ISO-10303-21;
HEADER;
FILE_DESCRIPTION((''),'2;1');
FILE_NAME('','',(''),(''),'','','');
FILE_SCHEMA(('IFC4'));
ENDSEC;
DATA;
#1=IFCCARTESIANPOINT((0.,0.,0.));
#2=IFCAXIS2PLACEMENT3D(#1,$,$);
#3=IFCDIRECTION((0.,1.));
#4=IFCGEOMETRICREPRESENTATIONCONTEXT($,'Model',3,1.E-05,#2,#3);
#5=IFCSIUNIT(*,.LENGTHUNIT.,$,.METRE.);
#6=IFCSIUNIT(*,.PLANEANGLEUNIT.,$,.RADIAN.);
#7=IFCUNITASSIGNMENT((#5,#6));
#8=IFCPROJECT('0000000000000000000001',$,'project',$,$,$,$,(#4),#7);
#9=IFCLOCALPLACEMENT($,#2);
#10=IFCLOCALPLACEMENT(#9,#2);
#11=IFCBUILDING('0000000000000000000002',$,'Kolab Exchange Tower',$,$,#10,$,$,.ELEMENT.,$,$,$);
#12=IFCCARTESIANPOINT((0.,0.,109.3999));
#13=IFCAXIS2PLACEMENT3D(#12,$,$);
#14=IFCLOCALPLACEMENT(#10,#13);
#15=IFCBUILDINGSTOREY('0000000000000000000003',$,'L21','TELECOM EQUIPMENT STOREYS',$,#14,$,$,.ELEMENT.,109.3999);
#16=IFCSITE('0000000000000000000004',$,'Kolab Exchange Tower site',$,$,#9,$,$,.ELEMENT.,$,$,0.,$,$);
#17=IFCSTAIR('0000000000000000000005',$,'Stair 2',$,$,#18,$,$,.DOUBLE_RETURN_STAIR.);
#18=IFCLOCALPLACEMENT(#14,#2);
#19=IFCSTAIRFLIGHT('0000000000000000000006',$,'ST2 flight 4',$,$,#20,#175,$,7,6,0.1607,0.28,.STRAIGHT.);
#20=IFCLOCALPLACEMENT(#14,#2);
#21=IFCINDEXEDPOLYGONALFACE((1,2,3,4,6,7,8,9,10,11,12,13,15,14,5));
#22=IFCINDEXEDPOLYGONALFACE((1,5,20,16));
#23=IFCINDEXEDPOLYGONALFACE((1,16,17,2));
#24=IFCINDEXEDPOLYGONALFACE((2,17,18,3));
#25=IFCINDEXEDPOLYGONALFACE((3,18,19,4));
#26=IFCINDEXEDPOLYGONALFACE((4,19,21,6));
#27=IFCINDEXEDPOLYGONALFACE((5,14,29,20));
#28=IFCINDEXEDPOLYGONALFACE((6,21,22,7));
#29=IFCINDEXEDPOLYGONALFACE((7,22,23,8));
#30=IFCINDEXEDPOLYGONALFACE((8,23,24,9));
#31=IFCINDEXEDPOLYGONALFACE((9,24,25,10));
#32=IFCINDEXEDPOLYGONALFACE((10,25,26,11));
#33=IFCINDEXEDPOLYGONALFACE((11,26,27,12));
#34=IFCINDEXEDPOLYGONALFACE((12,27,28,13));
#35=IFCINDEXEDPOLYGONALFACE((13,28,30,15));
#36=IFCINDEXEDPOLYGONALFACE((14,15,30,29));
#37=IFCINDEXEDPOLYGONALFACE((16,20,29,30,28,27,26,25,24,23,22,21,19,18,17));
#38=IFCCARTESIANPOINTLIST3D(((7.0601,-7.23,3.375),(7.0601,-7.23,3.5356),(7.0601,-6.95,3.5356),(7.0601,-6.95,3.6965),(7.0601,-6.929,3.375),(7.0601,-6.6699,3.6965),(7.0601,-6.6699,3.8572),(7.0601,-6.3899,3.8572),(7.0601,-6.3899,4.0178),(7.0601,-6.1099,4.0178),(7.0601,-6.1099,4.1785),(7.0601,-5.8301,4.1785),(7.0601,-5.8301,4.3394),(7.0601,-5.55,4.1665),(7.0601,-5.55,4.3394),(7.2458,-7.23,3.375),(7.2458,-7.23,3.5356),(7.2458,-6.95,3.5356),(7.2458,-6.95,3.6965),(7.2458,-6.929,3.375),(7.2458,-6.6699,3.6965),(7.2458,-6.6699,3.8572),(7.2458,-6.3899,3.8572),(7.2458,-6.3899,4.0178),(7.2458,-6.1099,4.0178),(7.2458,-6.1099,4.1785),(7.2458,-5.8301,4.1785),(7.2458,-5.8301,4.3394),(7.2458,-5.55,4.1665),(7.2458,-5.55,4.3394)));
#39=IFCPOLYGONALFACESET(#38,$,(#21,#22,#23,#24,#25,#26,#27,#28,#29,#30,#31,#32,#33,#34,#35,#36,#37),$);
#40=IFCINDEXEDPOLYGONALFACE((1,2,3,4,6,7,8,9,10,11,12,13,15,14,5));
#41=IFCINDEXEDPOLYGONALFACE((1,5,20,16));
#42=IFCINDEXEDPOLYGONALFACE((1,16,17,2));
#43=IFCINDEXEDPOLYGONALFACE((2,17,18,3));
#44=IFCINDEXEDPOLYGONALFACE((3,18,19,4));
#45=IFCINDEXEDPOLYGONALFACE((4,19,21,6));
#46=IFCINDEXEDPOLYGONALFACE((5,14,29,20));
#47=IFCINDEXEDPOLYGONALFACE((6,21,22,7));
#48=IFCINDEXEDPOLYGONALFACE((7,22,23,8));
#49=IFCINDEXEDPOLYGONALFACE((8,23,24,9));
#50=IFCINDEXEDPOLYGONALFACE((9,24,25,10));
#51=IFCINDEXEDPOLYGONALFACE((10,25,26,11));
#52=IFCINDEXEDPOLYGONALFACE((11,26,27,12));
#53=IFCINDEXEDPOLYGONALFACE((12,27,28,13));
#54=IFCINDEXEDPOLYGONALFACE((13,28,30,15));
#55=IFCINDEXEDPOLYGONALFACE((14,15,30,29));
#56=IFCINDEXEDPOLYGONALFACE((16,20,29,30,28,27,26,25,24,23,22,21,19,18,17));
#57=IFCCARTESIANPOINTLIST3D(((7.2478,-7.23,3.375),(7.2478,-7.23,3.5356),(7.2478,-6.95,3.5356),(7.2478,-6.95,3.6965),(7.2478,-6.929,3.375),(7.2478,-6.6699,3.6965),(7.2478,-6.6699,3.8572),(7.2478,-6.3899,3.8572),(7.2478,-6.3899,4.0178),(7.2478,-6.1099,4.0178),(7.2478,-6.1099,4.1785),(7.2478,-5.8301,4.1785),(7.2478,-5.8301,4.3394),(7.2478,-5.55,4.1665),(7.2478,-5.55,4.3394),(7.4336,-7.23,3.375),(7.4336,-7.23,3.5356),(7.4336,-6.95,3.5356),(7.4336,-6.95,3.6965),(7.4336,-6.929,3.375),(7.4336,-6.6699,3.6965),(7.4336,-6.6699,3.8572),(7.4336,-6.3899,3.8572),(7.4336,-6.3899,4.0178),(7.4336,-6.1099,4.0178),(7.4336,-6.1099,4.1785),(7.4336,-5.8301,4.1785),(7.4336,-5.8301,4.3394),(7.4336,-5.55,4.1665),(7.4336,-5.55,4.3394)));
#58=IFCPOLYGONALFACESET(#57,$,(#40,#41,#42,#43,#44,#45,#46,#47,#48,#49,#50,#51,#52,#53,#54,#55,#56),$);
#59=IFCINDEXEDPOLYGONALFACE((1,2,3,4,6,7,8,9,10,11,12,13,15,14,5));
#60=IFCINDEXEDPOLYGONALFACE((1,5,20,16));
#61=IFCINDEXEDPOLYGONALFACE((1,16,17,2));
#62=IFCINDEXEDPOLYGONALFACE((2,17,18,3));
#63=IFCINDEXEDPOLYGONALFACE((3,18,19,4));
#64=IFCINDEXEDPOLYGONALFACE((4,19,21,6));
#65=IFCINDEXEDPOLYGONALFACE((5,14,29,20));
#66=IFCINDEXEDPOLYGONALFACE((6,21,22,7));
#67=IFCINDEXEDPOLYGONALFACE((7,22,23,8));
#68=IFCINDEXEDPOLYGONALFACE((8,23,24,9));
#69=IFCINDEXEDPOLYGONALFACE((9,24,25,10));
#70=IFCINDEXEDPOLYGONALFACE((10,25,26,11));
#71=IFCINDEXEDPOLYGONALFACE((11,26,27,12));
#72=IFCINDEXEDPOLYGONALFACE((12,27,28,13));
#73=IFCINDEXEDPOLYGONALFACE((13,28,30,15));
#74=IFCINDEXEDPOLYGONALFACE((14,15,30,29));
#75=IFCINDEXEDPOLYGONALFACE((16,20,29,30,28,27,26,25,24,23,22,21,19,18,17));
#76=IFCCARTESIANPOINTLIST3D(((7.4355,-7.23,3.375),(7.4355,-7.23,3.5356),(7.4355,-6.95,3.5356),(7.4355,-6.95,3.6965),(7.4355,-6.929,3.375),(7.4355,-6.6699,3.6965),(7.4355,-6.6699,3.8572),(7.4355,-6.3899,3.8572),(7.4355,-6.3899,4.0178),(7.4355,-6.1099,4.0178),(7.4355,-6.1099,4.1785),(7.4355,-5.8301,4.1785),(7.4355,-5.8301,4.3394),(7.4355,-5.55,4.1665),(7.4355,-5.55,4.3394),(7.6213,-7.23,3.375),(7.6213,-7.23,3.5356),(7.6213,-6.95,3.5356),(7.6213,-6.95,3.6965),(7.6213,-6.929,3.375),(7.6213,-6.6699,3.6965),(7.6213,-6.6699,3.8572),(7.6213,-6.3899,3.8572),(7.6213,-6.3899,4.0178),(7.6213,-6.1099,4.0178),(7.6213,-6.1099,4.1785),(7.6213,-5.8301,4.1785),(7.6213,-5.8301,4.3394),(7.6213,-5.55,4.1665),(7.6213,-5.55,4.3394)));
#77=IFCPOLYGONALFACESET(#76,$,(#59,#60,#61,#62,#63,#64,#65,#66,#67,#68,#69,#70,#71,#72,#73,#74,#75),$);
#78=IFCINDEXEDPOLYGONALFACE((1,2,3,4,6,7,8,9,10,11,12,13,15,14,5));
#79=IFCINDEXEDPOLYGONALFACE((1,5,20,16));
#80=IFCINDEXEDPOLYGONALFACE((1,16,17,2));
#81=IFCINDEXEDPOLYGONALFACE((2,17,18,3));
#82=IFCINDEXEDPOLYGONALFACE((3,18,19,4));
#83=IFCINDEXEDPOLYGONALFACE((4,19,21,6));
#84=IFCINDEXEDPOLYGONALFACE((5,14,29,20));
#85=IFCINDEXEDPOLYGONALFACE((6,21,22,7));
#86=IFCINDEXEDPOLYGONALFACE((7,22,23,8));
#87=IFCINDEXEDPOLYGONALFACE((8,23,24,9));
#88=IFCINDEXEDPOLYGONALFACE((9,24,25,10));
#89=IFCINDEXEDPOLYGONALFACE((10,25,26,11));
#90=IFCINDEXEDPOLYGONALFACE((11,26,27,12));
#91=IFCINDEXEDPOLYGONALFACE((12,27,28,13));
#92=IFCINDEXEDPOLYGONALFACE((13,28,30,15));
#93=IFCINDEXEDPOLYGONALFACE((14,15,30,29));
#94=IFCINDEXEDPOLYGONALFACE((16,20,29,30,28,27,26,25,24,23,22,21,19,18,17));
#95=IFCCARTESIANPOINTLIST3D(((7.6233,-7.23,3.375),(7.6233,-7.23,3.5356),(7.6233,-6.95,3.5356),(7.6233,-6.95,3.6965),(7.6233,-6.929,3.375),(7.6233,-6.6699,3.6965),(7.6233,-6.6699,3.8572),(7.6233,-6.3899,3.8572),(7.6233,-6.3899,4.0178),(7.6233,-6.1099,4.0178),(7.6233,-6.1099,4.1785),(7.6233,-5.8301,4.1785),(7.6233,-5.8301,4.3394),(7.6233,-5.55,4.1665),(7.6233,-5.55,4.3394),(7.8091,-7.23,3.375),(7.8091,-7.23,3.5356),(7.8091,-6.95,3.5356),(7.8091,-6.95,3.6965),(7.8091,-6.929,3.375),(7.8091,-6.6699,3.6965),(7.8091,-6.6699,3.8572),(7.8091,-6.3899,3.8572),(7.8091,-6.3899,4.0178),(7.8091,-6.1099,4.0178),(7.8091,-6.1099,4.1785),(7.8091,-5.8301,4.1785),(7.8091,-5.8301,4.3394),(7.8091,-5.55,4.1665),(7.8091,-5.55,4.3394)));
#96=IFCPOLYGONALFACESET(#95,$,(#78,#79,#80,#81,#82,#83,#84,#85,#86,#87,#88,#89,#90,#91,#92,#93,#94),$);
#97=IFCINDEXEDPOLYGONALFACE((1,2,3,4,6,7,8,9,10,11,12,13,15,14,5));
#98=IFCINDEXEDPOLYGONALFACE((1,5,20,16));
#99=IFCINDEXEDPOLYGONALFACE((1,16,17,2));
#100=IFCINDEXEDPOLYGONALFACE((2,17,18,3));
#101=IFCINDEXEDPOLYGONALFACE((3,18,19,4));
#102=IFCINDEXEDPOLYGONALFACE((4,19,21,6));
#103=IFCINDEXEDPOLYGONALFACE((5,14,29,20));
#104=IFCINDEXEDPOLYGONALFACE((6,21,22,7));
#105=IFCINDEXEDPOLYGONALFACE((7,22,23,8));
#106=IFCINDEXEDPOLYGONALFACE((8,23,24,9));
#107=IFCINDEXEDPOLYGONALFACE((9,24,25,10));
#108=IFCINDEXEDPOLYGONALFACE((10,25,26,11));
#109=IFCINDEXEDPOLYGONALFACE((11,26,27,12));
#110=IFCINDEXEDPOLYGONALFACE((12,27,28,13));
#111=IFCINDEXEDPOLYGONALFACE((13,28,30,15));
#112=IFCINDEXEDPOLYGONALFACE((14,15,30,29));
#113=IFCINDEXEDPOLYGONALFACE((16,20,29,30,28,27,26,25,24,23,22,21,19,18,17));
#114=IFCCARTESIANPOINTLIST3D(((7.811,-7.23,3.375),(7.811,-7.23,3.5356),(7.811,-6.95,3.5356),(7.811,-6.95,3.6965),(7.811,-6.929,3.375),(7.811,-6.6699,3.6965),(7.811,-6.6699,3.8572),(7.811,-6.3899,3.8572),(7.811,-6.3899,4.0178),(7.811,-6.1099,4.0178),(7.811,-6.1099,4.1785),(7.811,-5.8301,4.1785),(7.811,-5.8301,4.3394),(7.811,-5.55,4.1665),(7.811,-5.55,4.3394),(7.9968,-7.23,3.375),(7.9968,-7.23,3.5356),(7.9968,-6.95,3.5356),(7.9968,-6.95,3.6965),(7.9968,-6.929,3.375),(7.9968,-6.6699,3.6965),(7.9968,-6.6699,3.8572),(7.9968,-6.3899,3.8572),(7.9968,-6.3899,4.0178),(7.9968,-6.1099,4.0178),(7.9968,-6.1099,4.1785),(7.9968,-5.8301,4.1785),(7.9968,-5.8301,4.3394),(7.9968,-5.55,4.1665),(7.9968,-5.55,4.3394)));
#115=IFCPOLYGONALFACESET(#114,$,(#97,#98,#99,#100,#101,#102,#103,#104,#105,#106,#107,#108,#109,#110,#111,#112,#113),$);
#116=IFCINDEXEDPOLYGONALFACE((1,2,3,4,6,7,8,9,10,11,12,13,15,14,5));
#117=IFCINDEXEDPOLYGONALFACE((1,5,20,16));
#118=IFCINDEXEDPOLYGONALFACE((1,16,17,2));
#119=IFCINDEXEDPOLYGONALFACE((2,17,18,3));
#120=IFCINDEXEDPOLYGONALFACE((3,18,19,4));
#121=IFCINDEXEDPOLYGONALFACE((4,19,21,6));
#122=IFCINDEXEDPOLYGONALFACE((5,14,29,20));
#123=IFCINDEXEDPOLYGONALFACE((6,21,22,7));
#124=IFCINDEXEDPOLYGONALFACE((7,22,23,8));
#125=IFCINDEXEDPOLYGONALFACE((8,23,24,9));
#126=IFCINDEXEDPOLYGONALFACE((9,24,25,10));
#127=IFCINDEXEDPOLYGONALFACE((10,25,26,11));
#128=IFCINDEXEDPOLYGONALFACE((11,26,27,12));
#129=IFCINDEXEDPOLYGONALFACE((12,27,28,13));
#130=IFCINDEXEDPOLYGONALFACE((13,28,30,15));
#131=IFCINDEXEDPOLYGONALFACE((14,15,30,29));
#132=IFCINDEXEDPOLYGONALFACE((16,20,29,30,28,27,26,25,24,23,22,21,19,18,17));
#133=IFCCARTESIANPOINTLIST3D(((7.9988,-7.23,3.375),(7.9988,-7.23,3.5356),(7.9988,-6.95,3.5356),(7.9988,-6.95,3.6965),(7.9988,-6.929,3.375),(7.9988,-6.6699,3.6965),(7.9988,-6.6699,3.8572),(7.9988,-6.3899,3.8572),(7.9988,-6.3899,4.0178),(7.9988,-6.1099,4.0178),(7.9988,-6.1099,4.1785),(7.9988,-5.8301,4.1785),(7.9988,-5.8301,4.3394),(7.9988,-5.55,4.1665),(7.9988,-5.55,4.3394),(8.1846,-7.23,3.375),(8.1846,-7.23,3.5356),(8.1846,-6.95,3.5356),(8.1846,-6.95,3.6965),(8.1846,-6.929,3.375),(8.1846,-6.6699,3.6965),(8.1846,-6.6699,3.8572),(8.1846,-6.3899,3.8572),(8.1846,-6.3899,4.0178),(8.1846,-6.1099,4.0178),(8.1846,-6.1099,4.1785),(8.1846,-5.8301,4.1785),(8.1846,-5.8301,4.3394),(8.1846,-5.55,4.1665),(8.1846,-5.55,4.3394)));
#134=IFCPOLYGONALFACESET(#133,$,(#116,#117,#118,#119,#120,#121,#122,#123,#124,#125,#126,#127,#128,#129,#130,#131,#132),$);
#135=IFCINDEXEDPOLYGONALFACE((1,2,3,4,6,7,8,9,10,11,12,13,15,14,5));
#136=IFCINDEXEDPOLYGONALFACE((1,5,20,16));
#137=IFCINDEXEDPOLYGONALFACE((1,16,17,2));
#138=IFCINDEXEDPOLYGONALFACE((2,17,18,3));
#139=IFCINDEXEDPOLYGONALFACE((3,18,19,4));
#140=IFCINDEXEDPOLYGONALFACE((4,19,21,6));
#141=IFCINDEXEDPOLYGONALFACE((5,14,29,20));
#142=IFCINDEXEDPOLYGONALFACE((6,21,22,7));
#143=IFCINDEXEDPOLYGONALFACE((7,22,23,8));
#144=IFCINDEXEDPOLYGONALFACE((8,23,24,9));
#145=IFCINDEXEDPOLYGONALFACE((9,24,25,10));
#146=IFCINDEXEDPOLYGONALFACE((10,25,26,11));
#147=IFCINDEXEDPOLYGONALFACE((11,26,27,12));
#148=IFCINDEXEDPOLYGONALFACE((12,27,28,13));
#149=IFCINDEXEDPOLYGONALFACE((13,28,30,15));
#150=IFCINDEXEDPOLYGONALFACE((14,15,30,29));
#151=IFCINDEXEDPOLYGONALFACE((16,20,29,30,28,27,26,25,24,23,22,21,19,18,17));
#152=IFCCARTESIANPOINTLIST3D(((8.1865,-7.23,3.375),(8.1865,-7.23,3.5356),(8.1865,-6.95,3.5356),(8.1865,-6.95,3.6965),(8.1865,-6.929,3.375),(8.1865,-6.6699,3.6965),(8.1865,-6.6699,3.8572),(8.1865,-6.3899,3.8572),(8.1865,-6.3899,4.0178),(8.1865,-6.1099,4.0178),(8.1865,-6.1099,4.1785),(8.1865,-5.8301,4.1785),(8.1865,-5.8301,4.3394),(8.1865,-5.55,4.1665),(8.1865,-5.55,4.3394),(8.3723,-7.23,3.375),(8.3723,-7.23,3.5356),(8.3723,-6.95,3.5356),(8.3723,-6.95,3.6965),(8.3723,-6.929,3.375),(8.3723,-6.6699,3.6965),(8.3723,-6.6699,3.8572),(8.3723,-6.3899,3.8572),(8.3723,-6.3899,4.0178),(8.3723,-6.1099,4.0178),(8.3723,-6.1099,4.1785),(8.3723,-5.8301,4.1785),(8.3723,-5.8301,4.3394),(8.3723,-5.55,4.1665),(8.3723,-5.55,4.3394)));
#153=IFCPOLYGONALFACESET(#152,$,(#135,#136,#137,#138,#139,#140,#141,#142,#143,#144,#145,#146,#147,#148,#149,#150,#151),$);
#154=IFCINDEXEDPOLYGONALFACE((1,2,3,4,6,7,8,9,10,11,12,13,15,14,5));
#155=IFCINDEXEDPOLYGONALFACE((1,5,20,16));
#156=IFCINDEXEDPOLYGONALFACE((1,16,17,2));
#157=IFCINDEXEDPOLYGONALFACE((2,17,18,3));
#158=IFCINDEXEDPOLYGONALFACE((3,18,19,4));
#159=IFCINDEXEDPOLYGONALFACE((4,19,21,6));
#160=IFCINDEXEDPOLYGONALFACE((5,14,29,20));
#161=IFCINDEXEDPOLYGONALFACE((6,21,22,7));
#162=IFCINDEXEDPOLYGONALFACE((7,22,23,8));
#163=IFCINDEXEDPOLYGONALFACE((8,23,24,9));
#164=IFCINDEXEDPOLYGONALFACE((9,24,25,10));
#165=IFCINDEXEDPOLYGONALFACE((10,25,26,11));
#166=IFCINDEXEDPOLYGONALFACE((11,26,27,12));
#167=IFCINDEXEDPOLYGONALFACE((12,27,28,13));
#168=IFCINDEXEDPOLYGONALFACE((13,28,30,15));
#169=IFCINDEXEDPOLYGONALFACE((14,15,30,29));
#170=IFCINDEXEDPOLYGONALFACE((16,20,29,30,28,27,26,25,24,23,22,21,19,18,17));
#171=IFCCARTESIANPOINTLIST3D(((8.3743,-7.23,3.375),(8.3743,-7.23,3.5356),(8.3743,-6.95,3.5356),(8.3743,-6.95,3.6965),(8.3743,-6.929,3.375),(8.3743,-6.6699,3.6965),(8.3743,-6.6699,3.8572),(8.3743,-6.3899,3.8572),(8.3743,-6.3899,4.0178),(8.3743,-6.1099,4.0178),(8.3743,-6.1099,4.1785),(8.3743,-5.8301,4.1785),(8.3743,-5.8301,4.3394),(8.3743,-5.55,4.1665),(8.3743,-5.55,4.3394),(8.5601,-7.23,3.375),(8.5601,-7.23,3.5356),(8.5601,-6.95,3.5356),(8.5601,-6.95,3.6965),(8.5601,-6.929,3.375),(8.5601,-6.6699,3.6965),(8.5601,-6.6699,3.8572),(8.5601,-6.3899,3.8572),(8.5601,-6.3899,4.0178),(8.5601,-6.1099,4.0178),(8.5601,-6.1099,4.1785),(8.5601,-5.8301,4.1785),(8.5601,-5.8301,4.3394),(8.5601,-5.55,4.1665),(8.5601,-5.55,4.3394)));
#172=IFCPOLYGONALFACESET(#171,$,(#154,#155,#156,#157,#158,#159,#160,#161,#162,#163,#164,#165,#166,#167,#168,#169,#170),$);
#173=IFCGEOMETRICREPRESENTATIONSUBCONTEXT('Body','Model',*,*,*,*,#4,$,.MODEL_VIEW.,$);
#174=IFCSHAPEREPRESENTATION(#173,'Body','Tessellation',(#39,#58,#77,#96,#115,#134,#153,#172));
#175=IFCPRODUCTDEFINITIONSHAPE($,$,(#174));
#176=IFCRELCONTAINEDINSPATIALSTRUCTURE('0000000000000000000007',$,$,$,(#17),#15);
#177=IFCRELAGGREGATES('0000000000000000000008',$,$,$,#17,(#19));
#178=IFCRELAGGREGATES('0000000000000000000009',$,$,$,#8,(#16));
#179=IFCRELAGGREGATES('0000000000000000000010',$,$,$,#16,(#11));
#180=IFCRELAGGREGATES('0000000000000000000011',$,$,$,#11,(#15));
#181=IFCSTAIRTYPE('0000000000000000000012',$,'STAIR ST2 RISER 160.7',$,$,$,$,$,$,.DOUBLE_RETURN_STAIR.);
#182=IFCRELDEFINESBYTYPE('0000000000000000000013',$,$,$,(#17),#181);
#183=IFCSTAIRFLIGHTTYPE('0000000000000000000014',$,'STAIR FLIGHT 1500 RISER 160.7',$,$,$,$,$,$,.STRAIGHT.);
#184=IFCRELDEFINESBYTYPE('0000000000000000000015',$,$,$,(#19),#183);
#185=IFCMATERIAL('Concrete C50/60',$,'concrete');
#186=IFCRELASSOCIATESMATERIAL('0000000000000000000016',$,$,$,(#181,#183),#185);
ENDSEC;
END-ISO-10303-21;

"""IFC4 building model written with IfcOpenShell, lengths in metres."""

from ifc_helpers import new_model, si_unit, direction, frame, origin, place, context, subcontext, project, spatial, polyline, outline, extrude, material, type_object, element, aggregate, save


model = new_model("IFC4")

# Units and contexts
model_context = context("Model", 3, precision=1e-05, world=origin(), true_north=direction((0.0, 1.0)))
body_context = subcontext(model_context, "Body", "Model", "MODEL_VIEW")
ifc_project = project(units=[si_unit("LENGTHUNIT", "METRE"), si_unit("PLANEANGLEUNIT", "RADIAN")], contexts=[model_context])

# Site, building, storey
site_placement = place(None, origin())
site = spatial("IfcSite", under=ifc_project, at=site_placement, Name="Kolab Exchange Tower site", CompositionType="ELEMENT", RefElevation=0.0)
building_placement = place(site_placement, origin())
building = spatial("IfcBuilding", under=site, at=building_placement, Name="Kolab Exchange Tower", CompositionType="ELEMENT")
storey_placement = place(building_placement, frame((0.0, 0.0, 109.3999)))
storey = spatial("IfcBuildingStorey", under=building, at=storey_placement, Name="L21", Description="TELECOM EQUIPMENT STOREYS", CompositionType="ELEMENT", Elevation=109.3999)

# Shared definitions
ifc_material_1 = material(Name="Concrete C50/60", Category="concrete")

# Stair, stair flight
stair_type = type_object("IfcStairType", Name="STAIR ST2 RISER 160.7", PredefinedType="DOUBLE_RETURN_STAIR", material=ifc_material_1)
stair_placement = place(storey_placement, origin())
stair = element("IfcStair", 1, at=stair_placement, inside=storey, type_object=stair_type, Name="Stair 2", PredefinedType="DOUBLE_RETURN_STAIR")
stair_flight_type = type_object("IfcStairFlightType", Name="STAIR FLIGHT 1500 RISER 160.7", PredefinedType="STRAIGHT", material=ifc_material_1)
stair_flight_placement = place(storey_placement, frame((7.8101, -7.23, 3.375), z_axis=(0.0, 0.0, 1.0), x_axis=(0.0, 1.0, 0.0)))
stair_flight = element("IfcStairFlight", 2, at=stair_flight_placement, type_object=stair_flight_type, Name="ST2 flight 4", NumberOfRisers=7, NumberOfTreads=6, PredefinedType="STRAIGHT", RiserHeight=0.1607, TreadLength=0.28, context=body_context, shape_type="SweptSolid", body=[
    extrude(outline(polyline([(0.0, 0.0), (0.0, 0.1606), (0.28, 0.1606), (0.28, 0.3215), (0.5601, 0.3215), (0.5601, 0.4822), (0.8401, 0.4822), (0.8401, 0.6428), (1.1201, 0.6428), (1.1201, 0.8035), (1.3999, 0.8035), (1.3999, 0.9644), (1.6799, 0.9644), (1.6799, 1.125), (1.6799, 0.7915), (0.301, 0.0), (0.0, 0.0)])), frame((0.0, 0.75, 0.0), z_axis=(0.0, -1.0, 0.0), x_axis=(1.0, 0.0, 0.0)), (0.0, 0.0, 1.0), 0.1858),
    extrude(outline(polyline([(0.0, 0.0), (0.0, 0.1606), (0.28, 0.1606), (0.28, 0.3215), (0.5601, 0.3215), (0.5601, 0.4822), (0.8401, 0.4822), (0.8401, 0.6428), (1.1201, 0.6428), (1.1201, 0.8035), (1.3999, 0.8035), (1.3999, 0.9644), (1.6799, 0.9644), (1.6799, 1.125), (1.6799, 0.7915), (0.301, 0.0), (0.0, 0.0)])), frame((0.0, 0.5623, 0.0), z_axis=(0.0, -1.0, 0.0), x_axis=(1.0, 0.0, 0.0)), (0.0, 0.0, 1.0), 0.1858),
    extrude(outline(polyline([(0.0, 0.0), (0.0, 0.1606), (0.28, 0.1606), (0.28, 0.3215), (0.5601, 0.3215), (0.5601, 0.4822), (0.8401, 0.4822), (0.8401, 0.6428), (1.1201, 0.6428), (1.1201, 0.8035), (1.3999, 0.8035), (1.3999, 0.9644), (1.6799, 0.9644), (1.6799, 1.125), (1.6799, 0.7915), (0.301, 0.0), (0.0, 0.0)])), frame((0.0, 0.3745, 0.0), z_axis=(0.0, -1.0, 0.0), x_axis=(1.0, 0.0, 0.0)), (0.0, 0.0, 1.0), 0.1858),
    extrude(outline(polyline([(0.0, 0.0), (0.0, 0.1606), (0.28, 0.1606), (0.28, 0.3215), (0.5601, 0.3215), (0.5601, 0.4822), (0.8401, 0.4822), (0.8401, 0.6428), (1.1201, 0.6428), (1.1201, 0.8035), (1.3999, 0.8035), (1.3999, 0.9644), (1.6799, 0.9644), (1.6799, 1.125), (1.6799, 0.7915), (0.301, 0.0), (0.0, 0.0)])), frame((0.0, 0.1868, 0.0), z_axis=(0.0, -1.0, 0.0), x_axis=(1.0, 0.0, 0.0)), (0.0, 0.0, 1.0), 0.1858),
    extrude(outline(polyline([(0.0, 0.0), (0.0, 0.1606), (0.28, 0.1606), (0.28, 0.3215), (0.5601, 0.3215), (0.5601, 0.4822), (0.8401, 0.4822), (0.8401, 0.6428), (1.1201, 0.6428), (1.1201, 0.8035), (1.3999, 0.8035), (1.3999, 0.9644), (1.6799, 0.9644), (1.6799, 1.125), (1.6799, 0.7915), (0.301, 0.0), (0.0, 0.0)])), frame((0.0, -0.001, 0.0), z_axis=(0.0, -1.0, 0.0), x_axis=(1.0, 0.0, 0.0)), (0.0, 0.0, 1.0), 0.1858),
    extrude(outline(polyline([(0.0, 0.0), (0.0, 0.1606), (0.28, 0.1606), (0.28, 0.3215), (0.5601, 0.3215), (0.5601, 0.4822), (0.8401, 0.4822), (0.8401, 0.6428), (1.1201, 0.6428), (1.1201, 0.8035), (1.3999, 0.8035), (1.3999, 0.9644), (1.6799, 0.9644), (1.6799, 1.125), (1.6799, 0.7915), (0.301, 0.0), (0.0, 0.0)])), frame((0.0, -0.1887, 0.0), z_axis=(0.0, -1.0, 0.0), x_axis=(1.0, 0.0, 0.0)), (0.0, 0.0, 1.0), 0.1858),
    extrude(outline(polyline([(0.0, 0.0), (0.0, 0.1606), (0.28, 0.1606), (0.28, 0.3215), (0.5601, 0.3215), (0.5601, 0.4822), (0.8401, 0.4822), (0.8401, 0.6428), (1.1201, 0.6428), (1.1201, 0.8035), (1.3999, 0.8035), (1.3999, 0.9644), (1.6799, 0.9644), (1.6799, 1.125), (1.6799, 0.7915), (0.301, 0.0), (0.0, 0.0)])), frame((0.0, -0.3765, 0.0), z_axis=(0.0, -1.0, 0.0), x_axis=(1.0, 0.0, 0.0)), (0.0, 0.0, 1.0), 0.1858),
    extrude(outline(polyline([(0.0, 0.0), (0.0, 0.1606), (0.28, 0.1606), (0.28, 0.3215), (0.5601, 0.3215), (0.5601, 0.4822), (0.8401, 0.4822), (0.8401, 0.6428), (1.1201, 0.6428), (1.1201, 0.8035), (1.3999, 0.8035), (1.3999, 0.9644), (1.6799, 0.9644), (1.6799, 1.125), (1.6799, 0.7915), (0.301, 0.0), (0.0, 0.0)])), frame((0.0, -0.5642, 0.0), z_axis=(0.0, -1.0, 0.0), x_axis=(1.0, 0.0, 0.0)), (0.0, 0.0, 1.0), 0.1858),
])
aggregate(stair, [stair_flight])

save(model, "model.ifc")
